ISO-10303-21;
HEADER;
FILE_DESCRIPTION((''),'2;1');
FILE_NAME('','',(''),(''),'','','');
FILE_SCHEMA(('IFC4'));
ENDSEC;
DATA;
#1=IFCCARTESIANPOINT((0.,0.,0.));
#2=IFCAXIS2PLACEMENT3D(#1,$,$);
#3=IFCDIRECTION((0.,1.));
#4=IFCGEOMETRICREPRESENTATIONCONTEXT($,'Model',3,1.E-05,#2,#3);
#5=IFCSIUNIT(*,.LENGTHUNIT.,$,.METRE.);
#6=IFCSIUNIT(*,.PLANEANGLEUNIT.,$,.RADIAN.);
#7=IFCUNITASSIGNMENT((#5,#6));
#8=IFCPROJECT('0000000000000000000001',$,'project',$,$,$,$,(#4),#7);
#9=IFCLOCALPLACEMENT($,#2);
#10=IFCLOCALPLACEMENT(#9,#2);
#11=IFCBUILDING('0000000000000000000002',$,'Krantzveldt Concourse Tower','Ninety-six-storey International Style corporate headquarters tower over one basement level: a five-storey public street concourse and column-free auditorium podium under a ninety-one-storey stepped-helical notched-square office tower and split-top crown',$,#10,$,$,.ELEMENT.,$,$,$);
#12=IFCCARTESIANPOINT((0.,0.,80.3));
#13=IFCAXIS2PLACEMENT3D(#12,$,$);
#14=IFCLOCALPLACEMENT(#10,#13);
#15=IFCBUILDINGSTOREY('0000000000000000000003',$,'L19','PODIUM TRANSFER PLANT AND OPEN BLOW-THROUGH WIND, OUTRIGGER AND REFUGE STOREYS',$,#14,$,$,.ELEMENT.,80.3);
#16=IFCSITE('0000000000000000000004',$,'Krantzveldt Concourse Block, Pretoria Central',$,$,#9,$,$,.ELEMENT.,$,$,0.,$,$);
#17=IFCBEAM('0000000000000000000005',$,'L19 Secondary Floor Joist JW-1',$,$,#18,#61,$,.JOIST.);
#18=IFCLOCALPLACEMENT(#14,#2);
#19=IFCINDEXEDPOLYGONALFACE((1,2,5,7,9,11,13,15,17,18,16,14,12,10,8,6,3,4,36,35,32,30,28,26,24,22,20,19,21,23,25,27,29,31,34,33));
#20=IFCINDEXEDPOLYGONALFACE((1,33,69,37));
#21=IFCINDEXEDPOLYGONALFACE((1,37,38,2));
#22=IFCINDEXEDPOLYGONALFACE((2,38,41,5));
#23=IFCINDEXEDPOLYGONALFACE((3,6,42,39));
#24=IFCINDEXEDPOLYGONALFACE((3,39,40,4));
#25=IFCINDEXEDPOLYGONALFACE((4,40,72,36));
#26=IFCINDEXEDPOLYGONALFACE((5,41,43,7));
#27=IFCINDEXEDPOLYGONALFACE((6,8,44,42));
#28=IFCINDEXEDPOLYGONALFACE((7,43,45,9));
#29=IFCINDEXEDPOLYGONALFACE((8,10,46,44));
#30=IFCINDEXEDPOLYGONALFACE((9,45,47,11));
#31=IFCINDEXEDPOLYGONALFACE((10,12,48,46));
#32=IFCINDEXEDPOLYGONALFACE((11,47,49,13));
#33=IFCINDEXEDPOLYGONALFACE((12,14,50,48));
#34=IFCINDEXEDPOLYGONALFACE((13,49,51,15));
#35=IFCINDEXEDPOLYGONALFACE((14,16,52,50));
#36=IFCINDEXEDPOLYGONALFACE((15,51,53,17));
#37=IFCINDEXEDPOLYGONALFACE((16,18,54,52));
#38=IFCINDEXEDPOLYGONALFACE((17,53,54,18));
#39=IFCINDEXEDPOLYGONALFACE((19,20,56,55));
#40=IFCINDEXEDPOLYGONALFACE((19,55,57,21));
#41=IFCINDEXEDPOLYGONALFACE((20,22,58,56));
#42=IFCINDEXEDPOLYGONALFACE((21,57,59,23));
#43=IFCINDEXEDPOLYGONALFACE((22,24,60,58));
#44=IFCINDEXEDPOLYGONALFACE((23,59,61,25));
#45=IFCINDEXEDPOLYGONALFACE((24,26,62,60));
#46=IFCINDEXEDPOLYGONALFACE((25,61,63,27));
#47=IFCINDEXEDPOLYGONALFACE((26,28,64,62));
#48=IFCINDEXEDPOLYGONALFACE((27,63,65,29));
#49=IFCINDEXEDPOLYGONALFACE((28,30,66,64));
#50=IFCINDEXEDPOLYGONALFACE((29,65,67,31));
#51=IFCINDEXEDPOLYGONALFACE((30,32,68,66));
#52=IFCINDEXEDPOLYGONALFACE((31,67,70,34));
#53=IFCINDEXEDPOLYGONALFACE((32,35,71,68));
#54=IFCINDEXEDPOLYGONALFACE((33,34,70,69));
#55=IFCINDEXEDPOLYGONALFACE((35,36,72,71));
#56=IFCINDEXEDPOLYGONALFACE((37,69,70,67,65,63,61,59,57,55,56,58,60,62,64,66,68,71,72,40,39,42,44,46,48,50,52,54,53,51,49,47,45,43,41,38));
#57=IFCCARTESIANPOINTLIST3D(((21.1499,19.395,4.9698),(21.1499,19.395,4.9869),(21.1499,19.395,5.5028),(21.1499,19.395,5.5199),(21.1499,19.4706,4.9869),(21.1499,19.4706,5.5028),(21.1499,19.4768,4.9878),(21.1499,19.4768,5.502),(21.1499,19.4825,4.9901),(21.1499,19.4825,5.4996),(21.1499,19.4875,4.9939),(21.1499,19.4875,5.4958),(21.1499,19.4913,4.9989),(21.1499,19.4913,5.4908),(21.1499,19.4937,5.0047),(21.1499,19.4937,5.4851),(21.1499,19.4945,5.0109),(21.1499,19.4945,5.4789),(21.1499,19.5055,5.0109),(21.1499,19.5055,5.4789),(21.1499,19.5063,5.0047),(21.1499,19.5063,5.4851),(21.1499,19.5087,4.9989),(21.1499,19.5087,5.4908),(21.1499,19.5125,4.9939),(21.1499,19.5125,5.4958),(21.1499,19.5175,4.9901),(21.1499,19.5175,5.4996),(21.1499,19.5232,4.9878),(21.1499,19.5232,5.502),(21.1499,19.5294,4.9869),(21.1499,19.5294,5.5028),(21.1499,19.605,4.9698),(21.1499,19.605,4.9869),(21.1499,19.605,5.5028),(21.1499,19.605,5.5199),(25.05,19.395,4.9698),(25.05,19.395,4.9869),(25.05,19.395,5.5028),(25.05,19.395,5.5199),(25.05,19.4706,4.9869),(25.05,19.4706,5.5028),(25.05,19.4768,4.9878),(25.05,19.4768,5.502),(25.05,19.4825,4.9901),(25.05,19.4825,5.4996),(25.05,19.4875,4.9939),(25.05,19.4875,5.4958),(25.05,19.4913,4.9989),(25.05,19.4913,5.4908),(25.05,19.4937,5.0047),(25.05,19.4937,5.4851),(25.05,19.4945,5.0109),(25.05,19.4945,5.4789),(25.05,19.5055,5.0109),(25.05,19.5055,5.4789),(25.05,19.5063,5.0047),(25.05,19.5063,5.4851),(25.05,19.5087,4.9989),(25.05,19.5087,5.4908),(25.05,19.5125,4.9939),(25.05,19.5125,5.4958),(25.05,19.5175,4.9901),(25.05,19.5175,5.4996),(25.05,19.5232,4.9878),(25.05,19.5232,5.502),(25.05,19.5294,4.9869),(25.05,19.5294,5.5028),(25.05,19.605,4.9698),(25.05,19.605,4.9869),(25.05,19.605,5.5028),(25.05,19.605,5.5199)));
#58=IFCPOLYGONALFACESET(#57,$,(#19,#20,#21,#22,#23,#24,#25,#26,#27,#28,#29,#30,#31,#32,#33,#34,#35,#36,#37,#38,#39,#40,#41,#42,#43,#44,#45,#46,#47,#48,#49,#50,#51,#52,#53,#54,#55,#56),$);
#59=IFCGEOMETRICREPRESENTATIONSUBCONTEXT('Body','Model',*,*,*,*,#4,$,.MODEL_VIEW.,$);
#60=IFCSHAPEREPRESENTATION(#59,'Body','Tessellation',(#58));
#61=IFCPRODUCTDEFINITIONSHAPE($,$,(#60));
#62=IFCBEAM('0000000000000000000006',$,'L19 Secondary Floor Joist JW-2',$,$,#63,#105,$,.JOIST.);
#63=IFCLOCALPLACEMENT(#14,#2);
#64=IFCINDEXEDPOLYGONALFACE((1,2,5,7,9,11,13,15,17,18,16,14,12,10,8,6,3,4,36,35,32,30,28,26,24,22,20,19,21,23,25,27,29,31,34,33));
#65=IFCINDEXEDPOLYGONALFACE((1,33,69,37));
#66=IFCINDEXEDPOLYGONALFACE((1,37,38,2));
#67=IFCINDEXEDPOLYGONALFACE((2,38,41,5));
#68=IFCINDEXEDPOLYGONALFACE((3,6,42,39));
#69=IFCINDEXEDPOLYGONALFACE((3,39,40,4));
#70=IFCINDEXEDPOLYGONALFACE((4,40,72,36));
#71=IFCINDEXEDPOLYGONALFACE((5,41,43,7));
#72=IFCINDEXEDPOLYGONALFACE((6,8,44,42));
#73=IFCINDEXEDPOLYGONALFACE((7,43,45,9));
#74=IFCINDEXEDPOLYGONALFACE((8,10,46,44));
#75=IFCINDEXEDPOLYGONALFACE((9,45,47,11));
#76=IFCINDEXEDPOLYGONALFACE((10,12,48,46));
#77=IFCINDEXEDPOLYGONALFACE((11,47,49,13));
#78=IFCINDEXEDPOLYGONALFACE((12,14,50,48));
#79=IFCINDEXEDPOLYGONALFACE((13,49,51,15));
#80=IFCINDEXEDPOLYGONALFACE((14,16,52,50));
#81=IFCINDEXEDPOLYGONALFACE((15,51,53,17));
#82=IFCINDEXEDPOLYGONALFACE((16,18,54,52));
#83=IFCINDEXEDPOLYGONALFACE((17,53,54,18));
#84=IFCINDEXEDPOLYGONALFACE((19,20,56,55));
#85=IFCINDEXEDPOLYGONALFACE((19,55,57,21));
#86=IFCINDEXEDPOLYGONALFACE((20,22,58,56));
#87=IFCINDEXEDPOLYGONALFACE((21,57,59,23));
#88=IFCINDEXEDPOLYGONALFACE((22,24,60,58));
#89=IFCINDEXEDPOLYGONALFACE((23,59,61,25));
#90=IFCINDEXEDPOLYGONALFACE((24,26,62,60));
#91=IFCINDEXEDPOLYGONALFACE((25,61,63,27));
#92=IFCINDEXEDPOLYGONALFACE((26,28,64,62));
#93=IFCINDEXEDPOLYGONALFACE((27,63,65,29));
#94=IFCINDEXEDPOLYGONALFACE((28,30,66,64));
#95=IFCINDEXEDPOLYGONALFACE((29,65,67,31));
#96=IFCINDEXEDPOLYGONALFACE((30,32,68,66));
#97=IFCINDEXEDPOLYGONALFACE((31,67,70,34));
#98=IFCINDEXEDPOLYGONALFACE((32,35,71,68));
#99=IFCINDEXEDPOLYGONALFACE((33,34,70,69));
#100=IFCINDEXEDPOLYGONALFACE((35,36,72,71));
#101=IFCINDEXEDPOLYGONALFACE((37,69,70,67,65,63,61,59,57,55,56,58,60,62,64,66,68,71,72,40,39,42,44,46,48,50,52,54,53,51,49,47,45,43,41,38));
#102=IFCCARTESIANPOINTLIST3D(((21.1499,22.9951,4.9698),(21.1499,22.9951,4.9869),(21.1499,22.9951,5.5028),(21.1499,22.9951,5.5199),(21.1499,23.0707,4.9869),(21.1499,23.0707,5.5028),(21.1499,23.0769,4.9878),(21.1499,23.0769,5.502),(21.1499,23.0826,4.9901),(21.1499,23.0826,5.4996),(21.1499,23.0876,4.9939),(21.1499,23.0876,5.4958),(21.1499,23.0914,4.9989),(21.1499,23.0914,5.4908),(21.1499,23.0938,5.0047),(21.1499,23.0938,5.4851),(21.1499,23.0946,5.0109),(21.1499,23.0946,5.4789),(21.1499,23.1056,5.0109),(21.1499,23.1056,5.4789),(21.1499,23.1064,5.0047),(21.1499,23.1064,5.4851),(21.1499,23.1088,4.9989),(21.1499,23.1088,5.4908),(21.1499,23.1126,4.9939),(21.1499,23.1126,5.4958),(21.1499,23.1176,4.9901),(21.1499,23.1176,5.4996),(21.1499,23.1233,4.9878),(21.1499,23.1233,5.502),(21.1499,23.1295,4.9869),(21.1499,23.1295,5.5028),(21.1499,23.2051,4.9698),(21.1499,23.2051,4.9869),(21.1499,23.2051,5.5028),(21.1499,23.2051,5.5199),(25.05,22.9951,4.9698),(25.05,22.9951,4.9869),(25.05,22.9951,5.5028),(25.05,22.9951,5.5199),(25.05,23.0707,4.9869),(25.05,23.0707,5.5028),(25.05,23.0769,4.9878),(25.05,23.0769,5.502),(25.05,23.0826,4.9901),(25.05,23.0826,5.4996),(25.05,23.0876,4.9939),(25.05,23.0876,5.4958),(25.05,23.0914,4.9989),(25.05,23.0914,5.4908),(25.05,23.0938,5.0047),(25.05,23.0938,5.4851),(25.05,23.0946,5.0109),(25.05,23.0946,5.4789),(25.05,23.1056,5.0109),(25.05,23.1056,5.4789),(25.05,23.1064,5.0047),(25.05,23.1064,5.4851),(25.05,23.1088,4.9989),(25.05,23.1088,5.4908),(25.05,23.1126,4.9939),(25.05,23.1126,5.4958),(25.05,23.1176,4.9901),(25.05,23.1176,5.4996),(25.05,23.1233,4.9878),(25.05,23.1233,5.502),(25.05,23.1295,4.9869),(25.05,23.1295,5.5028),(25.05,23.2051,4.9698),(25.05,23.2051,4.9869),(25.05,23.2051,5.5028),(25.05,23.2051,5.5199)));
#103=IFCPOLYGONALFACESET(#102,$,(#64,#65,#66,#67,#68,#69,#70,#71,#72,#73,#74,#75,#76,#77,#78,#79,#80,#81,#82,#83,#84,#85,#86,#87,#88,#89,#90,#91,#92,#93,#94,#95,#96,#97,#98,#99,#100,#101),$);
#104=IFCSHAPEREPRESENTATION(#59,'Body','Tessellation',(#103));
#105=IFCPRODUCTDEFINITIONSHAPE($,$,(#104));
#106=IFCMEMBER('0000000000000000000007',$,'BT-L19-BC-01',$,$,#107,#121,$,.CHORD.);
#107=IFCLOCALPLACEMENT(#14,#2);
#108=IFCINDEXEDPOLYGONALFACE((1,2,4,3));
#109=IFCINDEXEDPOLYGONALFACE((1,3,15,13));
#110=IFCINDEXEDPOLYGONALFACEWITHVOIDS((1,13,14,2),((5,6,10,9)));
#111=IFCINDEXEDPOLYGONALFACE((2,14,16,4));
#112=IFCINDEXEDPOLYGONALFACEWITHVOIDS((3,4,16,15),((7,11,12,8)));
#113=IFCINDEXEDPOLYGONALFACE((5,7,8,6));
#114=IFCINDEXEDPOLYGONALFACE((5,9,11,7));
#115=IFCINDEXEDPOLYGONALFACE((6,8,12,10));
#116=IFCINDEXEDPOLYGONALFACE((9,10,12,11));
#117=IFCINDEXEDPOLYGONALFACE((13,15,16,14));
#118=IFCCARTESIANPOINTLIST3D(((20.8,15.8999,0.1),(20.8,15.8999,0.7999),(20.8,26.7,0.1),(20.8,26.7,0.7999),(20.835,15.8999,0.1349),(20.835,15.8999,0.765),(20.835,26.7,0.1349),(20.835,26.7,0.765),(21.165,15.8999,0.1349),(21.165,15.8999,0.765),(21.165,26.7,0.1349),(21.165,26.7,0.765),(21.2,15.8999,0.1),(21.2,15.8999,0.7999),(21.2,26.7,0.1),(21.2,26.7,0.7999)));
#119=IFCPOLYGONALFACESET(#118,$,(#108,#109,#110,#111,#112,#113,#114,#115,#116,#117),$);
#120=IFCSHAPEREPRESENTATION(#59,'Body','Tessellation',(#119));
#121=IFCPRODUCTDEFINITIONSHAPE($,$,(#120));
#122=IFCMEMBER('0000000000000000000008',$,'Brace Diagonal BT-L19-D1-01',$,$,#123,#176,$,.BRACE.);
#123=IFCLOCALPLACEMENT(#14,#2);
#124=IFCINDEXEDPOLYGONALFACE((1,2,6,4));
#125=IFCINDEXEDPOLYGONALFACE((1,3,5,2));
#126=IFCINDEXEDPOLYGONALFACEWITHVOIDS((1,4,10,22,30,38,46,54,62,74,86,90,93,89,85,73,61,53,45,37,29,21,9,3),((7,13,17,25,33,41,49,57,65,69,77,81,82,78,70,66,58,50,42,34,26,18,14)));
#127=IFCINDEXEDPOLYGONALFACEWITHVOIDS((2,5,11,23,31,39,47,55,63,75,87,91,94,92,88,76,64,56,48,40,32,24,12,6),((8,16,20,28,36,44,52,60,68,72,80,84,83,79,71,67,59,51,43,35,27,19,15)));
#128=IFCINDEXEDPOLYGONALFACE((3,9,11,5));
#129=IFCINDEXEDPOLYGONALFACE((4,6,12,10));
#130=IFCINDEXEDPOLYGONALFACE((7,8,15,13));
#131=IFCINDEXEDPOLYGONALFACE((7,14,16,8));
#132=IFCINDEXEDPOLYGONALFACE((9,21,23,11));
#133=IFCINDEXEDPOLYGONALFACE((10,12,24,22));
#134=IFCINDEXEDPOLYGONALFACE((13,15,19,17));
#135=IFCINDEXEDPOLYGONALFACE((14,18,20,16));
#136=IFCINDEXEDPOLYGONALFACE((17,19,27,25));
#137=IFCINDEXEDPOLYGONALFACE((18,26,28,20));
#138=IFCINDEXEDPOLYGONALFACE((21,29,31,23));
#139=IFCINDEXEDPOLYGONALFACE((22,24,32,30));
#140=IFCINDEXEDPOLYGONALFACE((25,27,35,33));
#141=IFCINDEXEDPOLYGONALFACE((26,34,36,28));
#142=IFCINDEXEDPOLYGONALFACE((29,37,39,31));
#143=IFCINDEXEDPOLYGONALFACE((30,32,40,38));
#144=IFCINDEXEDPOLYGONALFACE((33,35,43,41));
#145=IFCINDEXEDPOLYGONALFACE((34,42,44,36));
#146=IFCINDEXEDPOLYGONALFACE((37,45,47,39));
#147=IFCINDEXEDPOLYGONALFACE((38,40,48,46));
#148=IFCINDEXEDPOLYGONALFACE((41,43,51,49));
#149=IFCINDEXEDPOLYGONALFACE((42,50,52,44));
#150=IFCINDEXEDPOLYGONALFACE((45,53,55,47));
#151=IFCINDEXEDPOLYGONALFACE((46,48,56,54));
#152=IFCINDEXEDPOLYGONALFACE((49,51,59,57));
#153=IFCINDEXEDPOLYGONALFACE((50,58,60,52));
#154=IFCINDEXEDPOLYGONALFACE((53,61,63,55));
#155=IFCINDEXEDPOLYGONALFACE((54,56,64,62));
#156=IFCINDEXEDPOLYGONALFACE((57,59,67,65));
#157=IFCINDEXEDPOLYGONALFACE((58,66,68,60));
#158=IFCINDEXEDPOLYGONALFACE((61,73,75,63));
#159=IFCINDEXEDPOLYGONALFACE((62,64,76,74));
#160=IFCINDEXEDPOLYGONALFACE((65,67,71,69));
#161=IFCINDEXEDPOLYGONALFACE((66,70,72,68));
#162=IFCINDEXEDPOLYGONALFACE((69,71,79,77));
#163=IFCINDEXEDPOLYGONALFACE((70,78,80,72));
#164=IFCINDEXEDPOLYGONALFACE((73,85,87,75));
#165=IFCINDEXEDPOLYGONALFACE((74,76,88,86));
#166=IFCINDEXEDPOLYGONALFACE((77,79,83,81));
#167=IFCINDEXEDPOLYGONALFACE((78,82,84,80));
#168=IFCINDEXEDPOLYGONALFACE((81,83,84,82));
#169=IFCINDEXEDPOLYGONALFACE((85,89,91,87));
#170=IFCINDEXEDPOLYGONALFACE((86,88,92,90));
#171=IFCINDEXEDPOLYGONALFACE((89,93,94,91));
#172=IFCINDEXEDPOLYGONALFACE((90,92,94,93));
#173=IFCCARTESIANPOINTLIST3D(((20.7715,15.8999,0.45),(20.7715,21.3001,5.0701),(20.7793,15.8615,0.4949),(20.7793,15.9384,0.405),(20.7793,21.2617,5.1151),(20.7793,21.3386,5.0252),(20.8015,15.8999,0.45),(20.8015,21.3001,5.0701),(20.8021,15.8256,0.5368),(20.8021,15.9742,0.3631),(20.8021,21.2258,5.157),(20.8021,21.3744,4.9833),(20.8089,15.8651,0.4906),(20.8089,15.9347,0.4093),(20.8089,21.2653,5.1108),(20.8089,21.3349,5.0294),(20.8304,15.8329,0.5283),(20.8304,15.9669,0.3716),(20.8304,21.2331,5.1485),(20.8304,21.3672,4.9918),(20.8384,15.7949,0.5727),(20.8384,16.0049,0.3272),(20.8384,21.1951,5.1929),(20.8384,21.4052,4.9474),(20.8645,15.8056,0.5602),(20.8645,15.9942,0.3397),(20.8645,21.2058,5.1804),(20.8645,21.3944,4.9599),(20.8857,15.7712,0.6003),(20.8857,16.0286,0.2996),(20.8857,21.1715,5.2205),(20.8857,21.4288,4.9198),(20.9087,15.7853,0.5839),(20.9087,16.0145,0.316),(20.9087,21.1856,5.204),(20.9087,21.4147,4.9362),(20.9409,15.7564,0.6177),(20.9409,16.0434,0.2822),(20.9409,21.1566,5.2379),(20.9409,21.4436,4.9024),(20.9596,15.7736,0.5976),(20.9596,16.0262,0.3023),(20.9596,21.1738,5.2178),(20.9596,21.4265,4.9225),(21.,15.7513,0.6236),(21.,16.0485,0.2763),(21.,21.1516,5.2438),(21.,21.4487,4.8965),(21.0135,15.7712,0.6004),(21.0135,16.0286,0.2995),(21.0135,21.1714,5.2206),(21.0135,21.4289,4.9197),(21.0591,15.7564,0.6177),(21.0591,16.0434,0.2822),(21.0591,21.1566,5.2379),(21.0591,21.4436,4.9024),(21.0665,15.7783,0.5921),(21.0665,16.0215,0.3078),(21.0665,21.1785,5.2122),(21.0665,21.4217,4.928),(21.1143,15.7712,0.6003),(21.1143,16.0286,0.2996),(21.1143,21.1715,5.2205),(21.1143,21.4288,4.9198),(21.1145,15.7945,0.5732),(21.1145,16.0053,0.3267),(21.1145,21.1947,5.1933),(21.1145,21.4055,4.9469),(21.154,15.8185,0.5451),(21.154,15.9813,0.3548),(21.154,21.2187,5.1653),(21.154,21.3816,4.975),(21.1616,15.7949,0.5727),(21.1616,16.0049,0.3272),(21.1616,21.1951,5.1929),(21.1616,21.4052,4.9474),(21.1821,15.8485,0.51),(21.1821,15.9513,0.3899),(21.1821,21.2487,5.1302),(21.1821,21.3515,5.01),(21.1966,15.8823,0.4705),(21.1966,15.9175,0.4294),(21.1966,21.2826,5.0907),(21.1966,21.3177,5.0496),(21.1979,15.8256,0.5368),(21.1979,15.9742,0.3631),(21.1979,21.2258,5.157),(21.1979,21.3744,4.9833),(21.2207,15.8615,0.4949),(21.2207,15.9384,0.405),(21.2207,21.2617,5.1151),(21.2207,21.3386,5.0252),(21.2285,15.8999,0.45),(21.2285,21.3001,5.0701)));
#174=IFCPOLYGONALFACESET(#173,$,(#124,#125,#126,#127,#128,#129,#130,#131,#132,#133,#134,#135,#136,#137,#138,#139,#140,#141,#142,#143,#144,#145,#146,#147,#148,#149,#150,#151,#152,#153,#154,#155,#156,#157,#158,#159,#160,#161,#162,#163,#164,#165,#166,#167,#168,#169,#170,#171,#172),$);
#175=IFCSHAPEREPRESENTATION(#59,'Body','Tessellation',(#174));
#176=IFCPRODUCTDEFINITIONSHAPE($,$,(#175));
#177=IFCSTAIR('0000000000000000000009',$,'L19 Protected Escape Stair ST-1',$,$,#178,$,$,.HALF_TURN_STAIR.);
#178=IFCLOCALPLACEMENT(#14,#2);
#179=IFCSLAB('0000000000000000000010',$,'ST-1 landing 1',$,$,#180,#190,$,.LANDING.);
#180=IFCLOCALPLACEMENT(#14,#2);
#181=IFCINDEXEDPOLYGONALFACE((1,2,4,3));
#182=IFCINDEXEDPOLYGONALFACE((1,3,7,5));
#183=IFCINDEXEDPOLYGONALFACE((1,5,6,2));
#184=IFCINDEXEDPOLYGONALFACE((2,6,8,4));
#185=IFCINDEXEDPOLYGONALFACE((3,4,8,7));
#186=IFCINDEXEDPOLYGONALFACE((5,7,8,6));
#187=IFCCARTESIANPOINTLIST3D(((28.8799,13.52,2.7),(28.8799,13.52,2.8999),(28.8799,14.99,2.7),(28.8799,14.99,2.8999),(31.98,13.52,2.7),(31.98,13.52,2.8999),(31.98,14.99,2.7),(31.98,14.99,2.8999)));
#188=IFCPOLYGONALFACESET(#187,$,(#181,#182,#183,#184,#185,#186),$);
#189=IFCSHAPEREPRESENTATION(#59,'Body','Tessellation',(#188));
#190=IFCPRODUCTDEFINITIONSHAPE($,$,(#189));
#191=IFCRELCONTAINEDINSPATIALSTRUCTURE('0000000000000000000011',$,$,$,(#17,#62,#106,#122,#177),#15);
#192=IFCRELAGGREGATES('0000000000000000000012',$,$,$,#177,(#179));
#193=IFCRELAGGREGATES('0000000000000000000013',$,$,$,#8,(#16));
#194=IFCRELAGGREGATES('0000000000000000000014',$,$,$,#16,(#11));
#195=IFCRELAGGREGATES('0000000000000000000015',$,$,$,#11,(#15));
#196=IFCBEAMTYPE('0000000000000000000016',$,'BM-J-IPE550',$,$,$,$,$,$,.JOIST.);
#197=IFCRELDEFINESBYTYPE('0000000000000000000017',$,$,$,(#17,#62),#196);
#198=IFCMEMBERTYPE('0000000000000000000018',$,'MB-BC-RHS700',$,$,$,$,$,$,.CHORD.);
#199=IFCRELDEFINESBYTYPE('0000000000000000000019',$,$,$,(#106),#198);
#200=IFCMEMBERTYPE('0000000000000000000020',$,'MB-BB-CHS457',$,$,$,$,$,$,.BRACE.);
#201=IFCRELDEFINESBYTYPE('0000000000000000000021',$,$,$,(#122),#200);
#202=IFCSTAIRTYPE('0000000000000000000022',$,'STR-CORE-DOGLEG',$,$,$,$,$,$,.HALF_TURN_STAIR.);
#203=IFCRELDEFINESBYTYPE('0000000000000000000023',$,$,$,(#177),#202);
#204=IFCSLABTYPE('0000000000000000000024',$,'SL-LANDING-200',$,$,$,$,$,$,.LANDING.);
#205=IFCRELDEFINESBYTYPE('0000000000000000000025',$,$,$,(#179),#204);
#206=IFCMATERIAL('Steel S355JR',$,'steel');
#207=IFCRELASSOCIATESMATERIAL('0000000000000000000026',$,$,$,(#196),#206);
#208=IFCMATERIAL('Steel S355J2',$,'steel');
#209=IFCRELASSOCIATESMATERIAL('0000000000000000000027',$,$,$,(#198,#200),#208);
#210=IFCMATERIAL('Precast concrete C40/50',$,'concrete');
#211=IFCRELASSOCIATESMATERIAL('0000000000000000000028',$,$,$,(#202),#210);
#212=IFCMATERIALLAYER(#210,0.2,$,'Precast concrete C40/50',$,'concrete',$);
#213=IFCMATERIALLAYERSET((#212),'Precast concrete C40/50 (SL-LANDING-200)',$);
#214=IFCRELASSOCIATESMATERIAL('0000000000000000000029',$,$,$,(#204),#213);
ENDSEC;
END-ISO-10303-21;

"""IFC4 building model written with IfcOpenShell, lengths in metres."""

from ifc_helpers import new_model, si_unit, direction, frame, origin, origin_2d, place, context, subcontext, project, spatial, polyline, hollow_rectangle, hollow_circle, i_section, outline, extrude, source, transform, mapped, material, layer, layer_set, material_profile, profile_set, type_object, type_shapes, element, aggregate, save


model = new_model("IFC4")

# Units and contexts
model_context = context("Model", 3, precision=1e-05, world=origin(), true_north=direction((0.0, 1.0)))
body_context = subcontext(model_context, "Body", "Model", "MODEL_VIEW")
ifc_project = project(units=[si_unit("LENGTHUNIT", "METRE"), si_unit("PLANEANGLEUNIT", "RADIAN")], contexts=[model_context])

# Site, building, storey
site_placement = place(None, origin())
site = spatial("IfcSite", under=ifc_project, at=site_placement, Name="Krantzveldt Concourse Block, Pretoria Central", CompositionType="ELEMENT", RefElevation=0.0)
building_placement = place(site_placement, origin())
building = spatial("IfcBuilding", under=site, at=building_placement, Name="Krantzveldt Concourse Tower", Description="Ninety-six-storey International Style corporate headquarters tower over one basement level: a five-storey public street concourse and column-free auditorium podium under a ninety-one-storey stepped-helical notched-square office tower and split-top crown", CompositionType="ELEMENT")
storey_placement = place(building_placement, frame((0.0, 0.0, 80.3)))
storey = spatial("IfcBuildingStorey", under=building, at=storey_placement, Name="L19", Description="PODIUM TRANSFER PLANT AND OPEN BLOW-THROUGH WIND, OUTRIGGER AND REFUGE STOREYS", CompositionType="ELEMENT", Elevation=80.3)

# Beams
ifc_material_1 = material(Name="Steel S355J2", Category="steel")
ifc_material_2 = material(Name="Steel S355JR", Category="steel")
ifc_material_profile_1 = material_profile(ifc_material_2, i_section(OverallWidth=0.21, OverallDepth=0.55, WebThickness=0.011, FlangeThickness=0.0171, FilletRadius=0.0239, at=origin_2d()), Name="Steel S355JR", Category="steel")
ifc_profile_set_1 = profile_set([ifc_material_profile_1], Name="Steel S355JR - IPE 550")
beam_type_1 = type_object("IfcBeamType", Name="BM-J-IPE550", PredefinedType="JOIST", material=ifc_profile_set_1)
shared_shape_1 = source(origin(), body_context, "Body", "SweptSolid", [
    extrude(i_section(OverallWidth=0.21, OverallDepth=0.55, WebThickness=0.011, FlangeThickness=0.0171, FilletRadius=0.0239, at=origin_2d()), origin(), (0.0, 0.0, 1.0), 3.9001),
])
type_shapes(beam_type_1, [shared_shape_1])
for number, where, z_axis, x_axis, name in (
    (1, (21.1499, 19.5, 5.2449), (1.0, 0.0, 0.0), (0.0, 1.0, 0.0), "L19 Secondary Floor Joist JW-1"),
    (2, (21.1499, 23.1001, 5.2449), (1.0, 0.0, 0.0), (0.0, 1.0, 0.0), "L19 Secondary Floor Joist JW-2"),
):
    element("IfcBeam", number, at=place(storey_placement, frame(where, z_axis=z_axis, x_axis=x_axis)), inside=storey, type_object=beam_type_1, Name=name, PredefinedType="JOIST", context=body_context, shape_type="MappedRepresentation", body=[
        mapped(shared_shape_1, transform((0.0, 0.0, 0.0), x_axis=(1.0, 0.0, 0.0), y_axis=(0.0, 1.0, 0.0), z_axis=(0.0, 0.0, 1.0), scale=1.0)),
    ])

# Members
ifc_material_profile_2 = material_profile(ifc_material_1, hollow_rectangle(XDim=0.3999, YDim=0.7, WallThickness=0.0349, at=origin_2d()), Name="Steel S355J2", Category="steel")
ifc_profile_set_2 = profile_set([ifc_material_profile_2], Name="Steel S355J2 - RHS 700x400x35")
member_type_1 = type_object("IfcMemberType", Name="MB-BC-RHS700", PredefinedType="CHORD", material=ifc_profile_set_2)
shared_shape_2 = source(origin(), body_context, "Body", "SweptSolid", [
    extrude(hollow_rectangle(XDim=0.3999, YDim=0.7, WallThickness=0.0349, at=origin_2d()), origin(), (0.0, 0.0, 1.0), 10.8),
])
type_shapes(member_type_1, [shared_shape_2])
member_1_placement = place(storey_placement, frame((21.0, 15.8999, 0.45), z_axis=(0.0, 1.0, 0.0), x_axis=(-1.0, 0.0, 0.0)))
element("IfcMember", 3, at=member_1_placement, inside=storey, type_object=member_type_1, Name="BT-L19-BC-01", PredefinedType="CHORD", context=body_context, shape_type="MappedRepresentation", body=[
    mapped(shared_shape_2, transform((0.0, 0.0, 0.0), x_axis=(1.0, 0.0, 0.0), y_axis=(0.0, 1.0, 0.0), z_axis=(0.0, 0.0, 1.0), scale=1.0)),
])
ifc_material_profile_3 = material_profile(ifc_material_1, hollow_circle(Radius=0.2285, WallThickness=0.03, at=origin_2d()), Name="Steel S355J2", Category="steel")
ifc_profile_set_3 = profile_set([ifc_material_profile_3], Name="Steel S355J2 - CHS 457x30")
member_type_2 = type_object("IfcMemberType", Name="MB-BB-CHS457", PredefinedType="BRACE", material=ifc_profile_set_3)
shared_shape_3 = source(origin(), body_context, "Body", "SweptSolid", [
    extrude(hollow_circle(Radius=0.2285, WallThickness=0.03, at=origin_2d()), origin(), (0.0, 0.0, 1.0), 7.1069),
])
type_shapes(member_type_2, [shared_shape_3])
member_2_placement = place(storey_placement, frame((21.0, 15.8999, 0.45), z_axis=(0.0, 0.759853, 0.650095), x_axis=(-1.0, 0.0, 0.0)))
element("IfcMember", 4, at=member_2_placement, inside=storey, type_object=member_type_2, Name="Brace Diagonal BT-L19-D1-01", PredefinedType="BRACE", context=body_context, shape_type="MappedRepresentation", body=[
    mapped(shared_shape_3, transform((0.0, 0.0, 0.0), x_axis=(1.0, 0.0, 0.0), y_axis=(0.0, 1.0, 0.0), z_axis=(0.0, 0.0, 1.0), scale=1.0)),
])

# Stair, slab
ifc_material_3 = material(Name="Precast concrete C40/50", Category="concrete")
stair_type = type_object("IfcStairType", Name="STR-CORE-DOGLEG", PredefinedType="HALF_TURN_STAIR", material=ifc_material_3)
stair_1_placement = place(storey_placement, origin())
stair_1 = element("IfcStair", 5, at=stair_1_placement, inside=storey, type_object=stair_type, Name="L19 Protected Escape Stair ST-1", PredefinedType="HALF_TURN_STAIR")
ifc_layer_1 = layer(ifc_material_3, 0.2, Name="Precast concrete C40/50", Category="concrete")
ifc_layer_set_1 = layer_set([ifc_layer_1], Name="Precast concrete C40/50 (SL-LANDING-200)")
slab_type_1 = type_object("IfcSlabType", Name="SL-LANDING-200", PredefinedType="LANDING", material=ifc_layer_set_1)
slab_1_placement = place(storey_placement, frame((0.0, 0.0, 2.7)))
slab_1 = element("IfcSlab", 6, at=slab_1_placement, type_object=slab_type_1, Name="ST-1 landing 1", PredefinedType="LANDING", context=body_context, shape_type="SweptSolid", body=[
    extrude(outline(polyline([(28.8799, 14.99), (28.8799, 13.52), (31.98, 13.52), (31.98, 14.99), (28.8799, 14.99)])), origin(), (0.0, 0.0, 1.0), 0.2),
])
aggregate(stair_1, [slab_1])

save(model, "model.ifc")
